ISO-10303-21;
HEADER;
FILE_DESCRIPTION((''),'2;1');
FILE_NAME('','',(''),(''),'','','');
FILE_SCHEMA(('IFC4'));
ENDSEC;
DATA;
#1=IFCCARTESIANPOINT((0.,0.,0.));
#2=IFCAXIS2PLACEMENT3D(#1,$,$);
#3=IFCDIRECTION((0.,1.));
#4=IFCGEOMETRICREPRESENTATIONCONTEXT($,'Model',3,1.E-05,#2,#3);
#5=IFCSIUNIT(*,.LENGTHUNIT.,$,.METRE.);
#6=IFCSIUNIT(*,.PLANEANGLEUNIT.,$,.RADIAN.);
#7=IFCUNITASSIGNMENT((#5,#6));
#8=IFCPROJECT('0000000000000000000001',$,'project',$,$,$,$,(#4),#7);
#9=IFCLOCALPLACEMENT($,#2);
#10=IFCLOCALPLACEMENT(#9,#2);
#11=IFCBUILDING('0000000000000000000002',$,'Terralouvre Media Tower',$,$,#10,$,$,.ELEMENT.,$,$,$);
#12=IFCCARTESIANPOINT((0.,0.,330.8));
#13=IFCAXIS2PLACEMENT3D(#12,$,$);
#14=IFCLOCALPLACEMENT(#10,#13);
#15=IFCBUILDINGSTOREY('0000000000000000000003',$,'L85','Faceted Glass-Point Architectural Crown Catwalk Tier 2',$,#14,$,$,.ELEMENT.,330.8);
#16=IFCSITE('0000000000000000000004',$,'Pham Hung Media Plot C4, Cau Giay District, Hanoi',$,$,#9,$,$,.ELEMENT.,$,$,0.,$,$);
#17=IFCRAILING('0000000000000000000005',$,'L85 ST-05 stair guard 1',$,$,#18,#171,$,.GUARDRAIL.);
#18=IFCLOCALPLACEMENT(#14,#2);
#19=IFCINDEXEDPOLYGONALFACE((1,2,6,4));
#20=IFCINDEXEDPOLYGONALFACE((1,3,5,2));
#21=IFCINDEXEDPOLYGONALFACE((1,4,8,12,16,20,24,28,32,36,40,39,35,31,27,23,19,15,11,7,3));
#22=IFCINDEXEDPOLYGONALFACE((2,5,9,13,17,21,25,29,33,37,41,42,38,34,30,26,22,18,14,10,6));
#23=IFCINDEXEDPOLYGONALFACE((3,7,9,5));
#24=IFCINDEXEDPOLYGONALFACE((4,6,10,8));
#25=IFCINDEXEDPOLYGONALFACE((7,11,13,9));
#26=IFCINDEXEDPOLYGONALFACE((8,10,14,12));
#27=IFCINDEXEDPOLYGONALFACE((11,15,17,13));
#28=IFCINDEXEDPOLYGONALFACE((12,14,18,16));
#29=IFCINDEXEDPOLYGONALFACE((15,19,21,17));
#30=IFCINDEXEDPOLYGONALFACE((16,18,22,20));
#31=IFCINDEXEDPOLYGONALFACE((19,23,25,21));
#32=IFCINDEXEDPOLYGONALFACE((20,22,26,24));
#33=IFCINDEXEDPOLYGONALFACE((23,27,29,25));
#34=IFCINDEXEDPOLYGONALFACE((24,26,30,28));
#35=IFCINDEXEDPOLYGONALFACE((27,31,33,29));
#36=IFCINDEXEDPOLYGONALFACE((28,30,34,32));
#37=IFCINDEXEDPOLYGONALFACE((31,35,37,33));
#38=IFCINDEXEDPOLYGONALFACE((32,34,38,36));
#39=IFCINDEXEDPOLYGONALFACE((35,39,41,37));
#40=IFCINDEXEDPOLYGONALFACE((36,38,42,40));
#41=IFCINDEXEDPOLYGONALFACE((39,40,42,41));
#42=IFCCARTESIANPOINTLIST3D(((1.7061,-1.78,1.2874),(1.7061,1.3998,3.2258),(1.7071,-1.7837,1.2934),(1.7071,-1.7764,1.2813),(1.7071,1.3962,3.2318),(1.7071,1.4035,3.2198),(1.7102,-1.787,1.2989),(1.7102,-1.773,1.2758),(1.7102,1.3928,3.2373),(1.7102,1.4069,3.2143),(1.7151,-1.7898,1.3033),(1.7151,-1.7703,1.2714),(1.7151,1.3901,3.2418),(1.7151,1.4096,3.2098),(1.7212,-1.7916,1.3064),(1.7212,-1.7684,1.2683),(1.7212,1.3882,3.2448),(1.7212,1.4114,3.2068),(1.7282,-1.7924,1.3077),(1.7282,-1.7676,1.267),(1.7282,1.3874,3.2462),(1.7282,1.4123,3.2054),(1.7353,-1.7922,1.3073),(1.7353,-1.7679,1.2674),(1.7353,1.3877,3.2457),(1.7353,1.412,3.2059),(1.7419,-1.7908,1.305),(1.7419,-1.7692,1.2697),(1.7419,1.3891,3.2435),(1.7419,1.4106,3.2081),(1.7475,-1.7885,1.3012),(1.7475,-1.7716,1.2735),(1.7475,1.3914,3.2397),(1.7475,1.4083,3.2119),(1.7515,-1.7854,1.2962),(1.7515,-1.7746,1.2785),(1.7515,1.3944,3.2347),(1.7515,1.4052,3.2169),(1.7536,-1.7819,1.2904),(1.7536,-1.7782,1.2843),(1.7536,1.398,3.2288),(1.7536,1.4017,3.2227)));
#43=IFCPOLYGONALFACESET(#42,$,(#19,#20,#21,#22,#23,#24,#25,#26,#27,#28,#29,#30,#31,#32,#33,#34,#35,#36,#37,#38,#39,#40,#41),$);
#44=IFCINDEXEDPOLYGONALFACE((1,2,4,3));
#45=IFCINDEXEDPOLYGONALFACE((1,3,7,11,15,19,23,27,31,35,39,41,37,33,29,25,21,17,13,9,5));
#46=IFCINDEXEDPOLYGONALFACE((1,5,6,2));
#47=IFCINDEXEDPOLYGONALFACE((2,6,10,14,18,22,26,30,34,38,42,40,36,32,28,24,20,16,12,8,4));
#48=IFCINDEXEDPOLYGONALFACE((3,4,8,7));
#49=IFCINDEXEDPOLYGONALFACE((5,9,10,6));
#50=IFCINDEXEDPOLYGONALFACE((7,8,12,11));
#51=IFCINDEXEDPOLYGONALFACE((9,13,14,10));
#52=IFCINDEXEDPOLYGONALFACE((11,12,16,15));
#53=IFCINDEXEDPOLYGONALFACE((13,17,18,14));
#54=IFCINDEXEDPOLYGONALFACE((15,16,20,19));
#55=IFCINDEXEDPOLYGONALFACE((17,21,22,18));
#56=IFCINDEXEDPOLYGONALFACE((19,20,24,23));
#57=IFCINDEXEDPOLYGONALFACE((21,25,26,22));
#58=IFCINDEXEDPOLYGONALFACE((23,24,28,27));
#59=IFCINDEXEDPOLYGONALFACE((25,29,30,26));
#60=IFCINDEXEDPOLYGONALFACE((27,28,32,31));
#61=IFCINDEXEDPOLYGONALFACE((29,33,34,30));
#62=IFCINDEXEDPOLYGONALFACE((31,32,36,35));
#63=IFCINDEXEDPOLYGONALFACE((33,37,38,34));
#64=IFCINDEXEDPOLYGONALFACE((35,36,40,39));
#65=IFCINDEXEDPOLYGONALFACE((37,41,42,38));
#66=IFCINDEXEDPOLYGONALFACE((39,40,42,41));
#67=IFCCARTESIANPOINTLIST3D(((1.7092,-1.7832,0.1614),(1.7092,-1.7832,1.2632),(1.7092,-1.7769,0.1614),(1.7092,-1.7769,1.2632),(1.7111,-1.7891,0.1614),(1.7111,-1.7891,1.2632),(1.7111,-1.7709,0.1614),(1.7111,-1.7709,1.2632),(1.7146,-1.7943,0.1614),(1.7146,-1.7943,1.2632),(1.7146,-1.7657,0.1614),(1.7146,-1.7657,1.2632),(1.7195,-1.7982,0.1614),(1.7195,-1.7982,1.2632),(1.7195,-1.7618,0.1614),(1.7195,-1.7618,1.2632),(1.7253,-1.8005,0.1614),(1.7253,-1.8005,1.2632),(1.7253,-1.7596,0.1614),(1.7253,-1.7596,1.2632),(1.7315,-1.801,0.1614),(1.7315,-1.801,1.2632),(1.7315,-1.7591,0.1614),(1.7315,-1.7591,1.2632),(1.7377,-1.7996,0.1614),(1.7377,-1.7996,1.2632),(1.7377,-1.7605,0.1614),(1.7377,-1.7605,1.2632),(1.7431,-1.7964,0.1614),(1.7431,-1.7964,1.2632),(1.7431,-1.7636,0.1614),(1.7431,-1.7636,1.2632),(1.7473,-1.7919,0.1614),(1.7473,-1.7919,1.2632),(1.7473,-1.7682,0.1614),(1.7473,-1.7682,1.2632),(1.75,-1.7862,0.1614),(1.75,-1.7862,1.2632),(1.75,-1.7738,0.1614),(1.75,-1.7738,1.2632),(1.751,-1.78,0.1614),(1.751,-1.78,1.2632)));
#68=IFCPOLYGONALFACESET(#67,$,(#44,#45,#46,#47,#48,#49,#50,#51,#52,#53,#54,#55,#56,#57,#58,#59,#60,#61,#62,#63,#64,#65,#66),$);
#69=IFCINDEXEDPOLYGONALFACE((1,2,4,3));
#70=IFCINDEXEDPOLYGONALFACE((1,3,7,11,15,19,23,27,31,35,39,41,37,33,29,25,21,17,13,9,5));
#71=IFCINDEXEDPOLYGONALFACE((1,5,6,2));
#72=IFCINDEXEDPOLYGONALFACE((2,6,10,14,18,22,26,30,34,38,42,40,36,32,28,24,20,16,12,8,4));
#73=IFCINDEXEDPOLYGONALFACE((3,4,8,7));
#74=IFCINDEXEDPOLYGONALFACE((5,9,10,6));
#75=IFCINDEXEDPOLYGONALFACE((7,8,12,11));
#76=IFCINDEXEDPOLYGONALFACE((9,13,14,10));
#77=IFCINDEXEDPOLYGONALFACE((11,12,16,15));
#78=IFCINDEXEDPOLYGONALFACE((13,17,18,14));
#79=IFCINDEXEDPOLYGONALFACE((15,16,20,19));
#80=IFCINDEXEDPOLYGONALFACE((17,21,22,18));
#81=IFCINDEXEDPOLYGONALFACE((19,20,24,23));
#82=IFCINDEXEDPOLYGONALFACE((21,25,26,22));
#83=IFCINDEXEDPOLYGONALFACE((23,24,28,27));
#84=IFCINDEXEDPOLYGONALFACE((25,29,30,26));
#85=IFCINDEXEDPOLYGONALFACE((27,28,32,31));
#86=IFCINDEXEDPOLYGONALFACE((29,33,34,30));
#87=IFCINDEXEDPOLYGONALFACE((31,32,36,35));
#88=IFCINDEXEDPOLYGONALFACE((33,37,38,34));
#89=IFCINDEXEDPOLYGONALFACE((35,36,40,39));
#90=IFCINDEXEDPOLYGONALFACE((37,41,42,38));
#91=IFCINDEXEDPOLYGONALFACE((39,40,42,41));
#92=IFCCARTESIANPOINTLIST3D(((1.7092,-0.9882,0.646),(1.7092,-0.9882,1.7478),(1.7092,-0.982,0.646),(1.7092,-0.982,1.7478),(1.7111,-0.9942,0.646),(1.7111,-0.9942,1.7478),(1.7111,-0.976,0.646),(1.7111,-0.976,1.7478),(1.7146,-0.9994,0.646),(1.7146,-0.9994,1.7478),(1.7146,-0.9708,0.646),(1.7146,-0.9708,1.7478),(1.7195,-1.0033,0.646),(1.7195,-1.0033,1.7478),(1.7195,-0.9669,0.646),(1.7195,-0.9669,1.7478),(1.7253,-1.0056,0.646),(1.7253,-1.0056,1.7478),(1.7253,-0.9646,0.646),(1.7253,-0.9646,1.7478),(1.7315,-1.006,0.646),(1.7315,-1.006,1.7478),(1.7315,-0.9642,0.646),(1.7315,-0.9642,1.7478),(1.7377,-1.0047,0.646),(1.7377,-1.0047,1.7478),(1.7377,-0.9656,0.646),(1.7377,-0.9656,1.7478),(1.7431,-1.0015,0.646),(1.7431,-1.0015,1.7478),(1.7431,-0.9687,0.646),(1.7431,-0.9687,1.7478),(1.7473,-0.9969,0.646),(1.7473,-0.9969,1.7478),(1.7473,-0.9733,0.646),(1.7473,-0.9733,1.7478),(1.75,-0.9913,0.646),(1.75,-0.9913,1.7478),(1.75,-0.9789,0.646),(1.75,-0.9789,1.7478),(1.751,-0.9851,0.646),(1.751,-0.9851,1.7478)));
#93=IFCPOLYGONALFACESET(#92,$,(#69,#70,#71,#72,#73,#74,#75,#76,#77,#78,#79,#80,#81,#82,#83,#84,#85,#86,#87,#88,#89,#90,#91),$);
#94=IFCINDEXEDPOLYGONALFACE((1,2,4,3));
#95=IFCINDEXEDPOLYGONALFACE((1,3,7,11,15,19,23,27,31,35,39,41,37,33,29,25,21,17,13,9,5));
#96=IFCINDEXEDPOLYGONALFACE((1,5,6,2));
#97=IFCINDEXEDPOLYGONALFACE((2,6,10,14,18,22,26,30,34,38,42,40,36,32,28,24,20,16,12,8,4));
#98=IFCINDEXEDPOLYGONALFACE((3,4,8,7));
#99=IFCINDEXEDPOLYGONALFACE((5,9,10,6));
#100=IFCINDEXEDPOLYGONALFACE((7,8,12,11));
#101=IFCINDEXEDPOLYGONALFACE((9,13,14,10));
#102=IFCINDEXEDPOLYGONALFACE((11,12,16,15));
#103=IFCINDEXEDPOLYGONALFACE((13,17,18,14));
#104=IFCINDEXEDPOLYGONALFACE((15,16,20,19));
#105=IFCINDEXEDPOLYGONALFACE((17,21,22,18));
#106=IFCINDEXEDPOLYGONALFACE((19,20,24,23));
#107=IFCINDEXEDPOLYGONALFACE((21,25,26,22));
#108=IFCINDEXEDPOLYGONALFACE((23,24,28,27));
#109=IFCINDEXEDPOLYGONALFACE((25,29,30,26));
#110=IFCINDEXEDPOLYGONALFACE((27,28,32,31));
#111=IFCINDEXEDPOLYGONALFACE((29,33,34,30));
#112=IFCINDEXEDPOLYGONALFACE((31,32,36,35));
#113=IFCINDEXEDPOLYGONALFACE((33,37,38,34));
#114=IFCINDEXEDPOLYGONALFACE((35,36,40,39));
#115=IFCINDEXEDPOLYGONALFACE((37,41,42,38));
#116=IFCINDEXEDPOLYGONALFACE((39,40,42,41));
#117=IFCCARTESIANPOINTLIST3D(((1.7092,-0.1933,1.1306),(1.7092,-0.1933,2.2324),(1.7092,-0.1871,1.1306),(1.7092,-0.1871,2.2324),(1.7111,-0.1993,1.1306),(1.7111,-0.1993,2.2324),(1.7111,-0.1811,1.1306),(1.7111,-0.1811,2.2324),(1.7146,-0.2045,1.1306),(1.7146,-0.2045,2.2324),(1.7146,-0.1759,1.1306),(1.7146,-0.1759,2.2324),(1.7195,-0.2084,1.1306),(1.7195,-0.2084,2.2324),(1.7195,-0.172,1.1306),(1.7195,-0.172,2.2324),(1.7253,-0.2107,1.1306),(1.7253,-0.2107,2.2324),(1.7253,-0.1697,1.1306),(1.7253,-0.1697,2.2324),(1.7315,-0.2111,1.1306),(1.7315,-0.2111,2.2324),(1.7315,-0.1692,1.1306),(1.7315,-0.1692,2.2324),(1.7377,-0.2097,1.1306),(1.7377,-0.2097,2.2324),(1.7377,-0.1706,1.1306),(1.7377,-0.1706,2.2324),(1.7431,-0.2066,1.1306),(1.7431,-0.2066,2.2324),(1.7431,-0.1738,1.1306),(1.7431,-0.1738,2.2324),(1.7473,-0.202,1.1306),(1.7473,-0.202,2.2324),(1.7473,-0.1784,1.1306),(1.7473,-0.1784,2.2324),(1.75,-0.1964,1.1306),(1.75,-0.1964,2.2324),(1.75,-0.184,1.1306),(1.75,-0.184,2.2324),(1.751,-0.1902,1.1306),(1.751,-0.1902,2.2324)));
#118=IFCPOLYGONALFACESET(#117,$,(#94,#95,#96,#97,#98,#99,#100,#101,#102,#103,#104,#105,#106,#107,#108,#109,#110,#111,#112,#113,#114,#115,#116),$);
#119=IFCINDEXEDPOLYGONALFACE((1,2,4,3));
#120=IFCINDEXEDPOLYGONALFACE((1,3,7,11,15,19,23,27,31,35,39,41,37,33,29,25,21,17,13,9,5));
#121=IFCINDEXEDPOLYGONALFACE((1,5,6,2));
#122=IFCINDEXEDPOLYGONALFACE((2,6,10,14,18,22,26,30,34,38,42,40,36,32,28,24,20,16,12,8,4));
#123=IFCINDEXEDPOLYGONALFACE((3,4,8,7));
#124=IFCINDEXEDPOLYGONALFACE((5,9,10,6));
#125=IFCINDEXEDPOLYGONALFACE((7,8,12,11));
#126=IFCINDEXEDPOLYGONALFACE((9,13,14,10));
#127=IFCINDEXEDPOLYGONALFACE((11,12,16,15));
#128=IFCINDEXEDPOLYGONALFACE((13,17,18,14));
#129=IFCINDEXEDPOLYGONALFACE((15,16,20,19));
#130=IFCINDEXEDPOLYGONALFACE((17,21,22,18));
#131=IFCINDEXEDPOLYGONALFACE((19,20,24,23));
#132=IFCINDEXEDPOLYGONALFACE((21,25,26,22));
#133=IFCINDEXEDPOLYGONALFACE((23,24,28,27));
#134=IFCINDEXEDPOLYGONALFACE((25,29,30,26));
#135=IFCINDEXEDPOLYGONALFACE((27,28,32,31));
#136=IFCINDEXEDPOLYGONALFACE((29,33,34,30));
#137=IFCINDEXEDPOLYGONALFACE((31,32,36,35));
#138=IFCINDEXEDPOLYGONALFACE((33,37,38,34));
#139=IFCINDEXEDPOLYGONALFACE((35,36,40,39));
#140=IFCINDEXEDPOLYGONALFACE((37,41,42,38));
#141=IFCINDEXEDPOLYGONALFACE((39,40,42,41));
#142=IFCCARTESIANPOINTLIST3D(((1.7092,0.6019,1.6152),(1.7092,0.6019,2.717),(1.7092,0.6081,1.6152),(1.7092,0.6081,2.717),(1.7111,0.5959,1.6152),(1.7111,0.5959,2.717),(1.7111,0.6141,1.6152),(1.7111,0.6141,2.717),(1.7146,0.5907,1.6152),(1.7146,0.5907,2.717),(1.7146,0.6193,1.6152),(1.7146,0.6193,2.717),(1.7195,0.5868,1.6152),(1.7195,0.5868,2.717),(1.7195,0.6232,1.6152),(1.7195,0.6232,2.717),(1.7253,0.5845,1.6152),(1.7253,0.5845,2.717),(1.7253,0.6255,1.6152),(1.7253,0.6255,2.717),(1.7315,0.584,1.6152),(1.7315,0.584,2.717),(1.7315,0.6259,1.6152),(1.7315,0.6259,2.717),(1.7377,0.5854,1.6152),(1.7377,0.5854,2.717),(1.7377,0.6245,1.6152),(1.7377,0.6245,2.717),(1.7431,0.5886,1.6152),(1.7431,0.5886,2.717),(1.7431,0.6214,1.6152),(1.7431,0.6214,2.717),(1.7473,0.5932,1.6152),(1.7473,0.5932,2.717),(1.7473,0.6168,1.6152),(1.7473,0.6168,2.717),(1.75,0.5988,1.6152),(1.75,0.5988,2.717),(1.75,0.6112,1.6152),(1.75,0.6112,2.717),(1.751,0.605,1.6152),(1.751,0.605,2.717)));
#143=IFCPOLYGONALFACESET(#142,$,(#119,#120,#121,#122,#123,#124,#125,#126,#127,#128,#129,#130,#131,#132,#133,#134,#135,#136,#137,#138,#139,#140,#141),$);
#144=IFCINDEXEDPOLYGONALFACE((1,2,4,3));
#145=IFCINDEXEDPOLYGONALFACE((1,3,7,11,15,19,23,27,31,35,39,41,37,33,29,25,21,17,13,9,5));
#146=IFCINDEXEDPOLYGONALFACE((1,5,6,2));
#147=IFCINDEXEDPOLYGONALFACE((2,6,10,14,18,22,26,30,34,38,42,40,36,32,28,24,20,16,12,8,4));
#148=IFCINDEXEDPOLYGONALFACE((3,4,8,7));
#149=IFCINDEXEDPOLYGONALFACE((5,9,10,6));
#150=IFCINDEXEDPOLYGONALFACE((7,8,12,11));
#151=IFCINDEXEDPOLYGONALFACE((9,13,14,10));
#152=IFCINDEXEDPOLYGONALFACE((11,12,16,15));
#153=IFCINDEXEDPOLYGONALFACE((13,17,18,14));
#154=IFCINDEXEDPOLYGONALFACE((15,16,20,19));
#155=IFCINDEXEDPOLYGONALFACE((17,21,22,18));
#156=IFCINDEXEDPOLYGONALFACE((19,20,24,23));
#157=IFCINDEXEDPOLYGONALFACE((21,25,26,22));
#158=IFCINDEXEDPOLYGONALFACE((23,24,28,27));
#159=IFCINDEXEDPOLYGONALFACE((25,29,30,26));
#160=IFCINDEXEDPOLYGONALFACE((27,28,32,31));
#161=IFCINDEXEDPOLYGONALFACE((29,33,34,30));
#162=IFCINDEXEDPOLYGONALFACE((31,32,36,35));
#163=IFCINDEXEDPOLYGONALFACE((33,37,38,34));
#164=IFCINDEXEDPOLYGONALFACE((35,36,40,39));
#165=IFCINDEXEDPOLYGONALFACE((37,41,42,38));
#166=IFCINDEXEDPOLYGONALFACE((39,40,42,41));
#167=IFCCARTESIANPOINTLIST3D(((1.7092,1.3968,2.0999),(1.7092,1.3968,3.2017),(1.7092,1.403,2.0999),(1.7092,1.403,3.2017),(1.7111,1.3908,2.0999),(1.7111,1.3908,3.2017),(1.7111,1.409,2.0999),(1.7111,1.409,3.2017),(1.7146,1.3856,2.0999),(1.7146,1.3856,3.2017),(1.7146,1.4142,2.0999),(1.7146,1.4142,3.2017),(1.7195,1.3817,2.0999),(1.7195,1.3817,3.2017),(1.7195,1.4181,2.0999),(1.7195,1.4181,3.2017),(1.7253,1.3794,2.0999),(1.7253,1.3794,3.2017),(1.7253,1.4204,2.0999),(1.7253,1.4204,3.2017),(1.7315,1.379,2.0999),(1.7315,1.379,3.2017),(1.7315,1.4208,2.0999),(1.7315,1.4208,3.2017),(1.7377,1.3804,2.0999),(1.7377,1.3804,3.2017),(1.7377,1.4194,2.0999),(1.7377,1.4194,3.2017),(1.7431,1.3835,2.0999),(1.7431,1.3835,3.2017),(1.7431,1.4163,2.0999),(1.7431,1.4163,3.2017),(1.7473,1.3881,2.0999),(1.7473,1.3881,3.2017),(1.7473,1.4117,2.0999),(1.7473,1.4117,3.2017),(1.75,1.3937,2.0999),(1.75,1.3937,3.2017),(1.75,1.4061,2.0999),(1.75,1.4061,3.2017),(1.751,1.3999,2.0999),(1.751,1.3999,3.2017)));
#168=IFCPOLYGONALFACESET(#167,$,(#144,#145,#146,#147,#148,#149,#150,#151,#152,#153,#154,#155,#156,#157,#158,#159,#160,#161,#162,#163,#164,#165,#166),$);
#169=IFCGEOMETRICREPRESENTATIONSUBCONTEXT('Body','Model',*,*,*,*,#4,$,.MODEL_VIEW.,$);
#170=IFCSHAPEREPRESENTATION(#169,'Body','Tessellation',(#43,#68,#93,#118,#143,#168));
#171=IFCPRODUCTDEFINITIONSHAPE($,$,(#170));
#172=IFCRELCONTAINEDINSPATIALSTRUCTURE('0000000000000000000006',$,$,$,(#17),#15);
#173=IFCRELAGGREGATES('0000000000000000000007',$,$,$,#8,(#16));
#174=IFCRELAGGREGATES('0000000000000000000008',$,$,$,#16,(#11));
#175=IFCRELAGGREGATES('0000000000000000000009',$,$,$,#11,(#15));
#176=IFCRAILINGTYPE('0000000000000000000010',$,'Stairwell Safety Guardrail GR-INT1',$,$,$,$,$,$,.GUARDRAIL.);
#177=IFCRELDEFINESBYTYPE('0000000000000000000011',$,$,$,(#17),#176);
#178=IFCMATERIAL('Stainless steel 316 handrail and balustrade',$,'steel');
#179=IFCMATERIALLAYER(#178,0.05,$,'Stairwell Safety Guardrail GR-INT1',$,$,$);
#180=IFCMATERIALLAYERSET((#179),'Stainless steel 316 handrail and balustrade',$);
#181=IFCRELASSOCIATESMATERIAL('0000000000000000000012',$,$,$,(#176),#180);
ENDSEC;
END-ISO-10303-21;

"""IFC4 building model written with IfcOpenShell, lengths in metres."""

from ifc_helpers import new_model, si_unit, direction, frame, origin, origin_2d, place, context, subcontext, project, spatial, circle, extrude, material, layer, layer_set, type_object, element, save


model = new_model("IFC4")

# Units and contexts
model_context = context("Model", 3, precision=1e-05, world=origin(), true_north=direction((0.0, 1.0)))
body_context = subcontext(model_context, "Body", "Model", "MODEL_VIEW")
ifc_project = project(units=[si_unit("LENGTHUNIT", "METRE"), si_unit("PLANEANGLEUNIT", "RADIAN")], contexts=[model_context])

# Site, building, storey
site_placement = place(None, origin())
site = spatial("IfcSite", under=ifc_project, at=site_placement, Name="Pham Hung Media Plot C4, Cau Giay District, Hanoi", CompositionType="ELEMENT", RefElevation=0.0)
building_placement = place(site_placement, origin())
building = spatial("IfcBuilding", under=site, at=building_placement, Name="Terralouvre Media Tower", CompositionType="ELEMENT")
storey_placement = place(building_placement, frame((0.0, 0.0, 330.8)))
storey = spatial("IfcBuildingStorey", under=building, at=storey_placement, Name="L85", Description="Faceted Glass-Point Architectural Crown Catwalk Tier 2", CompositionType="ELEMENT", Elevation=330.8)

# Railing
ifc_material_1 = material(Name="Stainless steel 316 handrail and balustrade", Category="steel")
ifc_layer_1 = layer(ifc_material_1, 0.05, Name="Stairwell Safety Guardrail GR-INT1")
ifc_layer_set_1 = layer_set([ifc_layer_1], Name="Stainless steel 316 handrail and balustrade")
railing_type_1 = type_object("IfcRailingType", Name="Stairwell Safety Guardrail GR-INT1", PredefinedType="GUARDRAIL", material=ifc_layer_set_1)
railing_1_placement = place(storey_placement, frame((1.73, -1.78, 0.1614)))
element("IfcRailing", 1, at=railing_1_placement, inside=storey, type_object=railing_type_1, Name="L85 ST-05 stair guard 1", PredefinedType="GUARDRAIL", context=body_context, shape_type="SweptSolid", body=[
    extrude(circle(Radius=0.0239, at=origin_2d()), frame((0.0, 0.0, 1.126), z_axis=(0.0, 0.853857, 0.520508), x_axis=(-1.0, 0.0, 0.0)), (0.0, 0.0, 1.0), 3.7241),
    extrude(circle(Radius=0.021, at=origin_2d()), origin(), (0.0, 0.0, 1.0), 1.1018),
    extrude(circle(Radius=0.021, at=origin_2d()), frame((0.0, 0.7949, 0.4846)), (0.0, 0.0, 1.0), 1.1018),
    extrude(circle(Radius=0.021, at=origin_2d()), frame((0.0, 1.5898, 0.9692)), (0.0, 0.0, 1.0), 1.1018),
    extrude(circle(Radius=0.021, at=origin_2d()), frame((0.0, 2.385, 1.4539)), (0.0, 0.0, 1.0), 1.1018),
    extrude(circle(Radius=0.021, at=origin_2d()), frame((0.0, 3.1799, 1.9385)), (0.0, 0.0, 1.0), 1.1018),
])

save(model, "model.ifc")
